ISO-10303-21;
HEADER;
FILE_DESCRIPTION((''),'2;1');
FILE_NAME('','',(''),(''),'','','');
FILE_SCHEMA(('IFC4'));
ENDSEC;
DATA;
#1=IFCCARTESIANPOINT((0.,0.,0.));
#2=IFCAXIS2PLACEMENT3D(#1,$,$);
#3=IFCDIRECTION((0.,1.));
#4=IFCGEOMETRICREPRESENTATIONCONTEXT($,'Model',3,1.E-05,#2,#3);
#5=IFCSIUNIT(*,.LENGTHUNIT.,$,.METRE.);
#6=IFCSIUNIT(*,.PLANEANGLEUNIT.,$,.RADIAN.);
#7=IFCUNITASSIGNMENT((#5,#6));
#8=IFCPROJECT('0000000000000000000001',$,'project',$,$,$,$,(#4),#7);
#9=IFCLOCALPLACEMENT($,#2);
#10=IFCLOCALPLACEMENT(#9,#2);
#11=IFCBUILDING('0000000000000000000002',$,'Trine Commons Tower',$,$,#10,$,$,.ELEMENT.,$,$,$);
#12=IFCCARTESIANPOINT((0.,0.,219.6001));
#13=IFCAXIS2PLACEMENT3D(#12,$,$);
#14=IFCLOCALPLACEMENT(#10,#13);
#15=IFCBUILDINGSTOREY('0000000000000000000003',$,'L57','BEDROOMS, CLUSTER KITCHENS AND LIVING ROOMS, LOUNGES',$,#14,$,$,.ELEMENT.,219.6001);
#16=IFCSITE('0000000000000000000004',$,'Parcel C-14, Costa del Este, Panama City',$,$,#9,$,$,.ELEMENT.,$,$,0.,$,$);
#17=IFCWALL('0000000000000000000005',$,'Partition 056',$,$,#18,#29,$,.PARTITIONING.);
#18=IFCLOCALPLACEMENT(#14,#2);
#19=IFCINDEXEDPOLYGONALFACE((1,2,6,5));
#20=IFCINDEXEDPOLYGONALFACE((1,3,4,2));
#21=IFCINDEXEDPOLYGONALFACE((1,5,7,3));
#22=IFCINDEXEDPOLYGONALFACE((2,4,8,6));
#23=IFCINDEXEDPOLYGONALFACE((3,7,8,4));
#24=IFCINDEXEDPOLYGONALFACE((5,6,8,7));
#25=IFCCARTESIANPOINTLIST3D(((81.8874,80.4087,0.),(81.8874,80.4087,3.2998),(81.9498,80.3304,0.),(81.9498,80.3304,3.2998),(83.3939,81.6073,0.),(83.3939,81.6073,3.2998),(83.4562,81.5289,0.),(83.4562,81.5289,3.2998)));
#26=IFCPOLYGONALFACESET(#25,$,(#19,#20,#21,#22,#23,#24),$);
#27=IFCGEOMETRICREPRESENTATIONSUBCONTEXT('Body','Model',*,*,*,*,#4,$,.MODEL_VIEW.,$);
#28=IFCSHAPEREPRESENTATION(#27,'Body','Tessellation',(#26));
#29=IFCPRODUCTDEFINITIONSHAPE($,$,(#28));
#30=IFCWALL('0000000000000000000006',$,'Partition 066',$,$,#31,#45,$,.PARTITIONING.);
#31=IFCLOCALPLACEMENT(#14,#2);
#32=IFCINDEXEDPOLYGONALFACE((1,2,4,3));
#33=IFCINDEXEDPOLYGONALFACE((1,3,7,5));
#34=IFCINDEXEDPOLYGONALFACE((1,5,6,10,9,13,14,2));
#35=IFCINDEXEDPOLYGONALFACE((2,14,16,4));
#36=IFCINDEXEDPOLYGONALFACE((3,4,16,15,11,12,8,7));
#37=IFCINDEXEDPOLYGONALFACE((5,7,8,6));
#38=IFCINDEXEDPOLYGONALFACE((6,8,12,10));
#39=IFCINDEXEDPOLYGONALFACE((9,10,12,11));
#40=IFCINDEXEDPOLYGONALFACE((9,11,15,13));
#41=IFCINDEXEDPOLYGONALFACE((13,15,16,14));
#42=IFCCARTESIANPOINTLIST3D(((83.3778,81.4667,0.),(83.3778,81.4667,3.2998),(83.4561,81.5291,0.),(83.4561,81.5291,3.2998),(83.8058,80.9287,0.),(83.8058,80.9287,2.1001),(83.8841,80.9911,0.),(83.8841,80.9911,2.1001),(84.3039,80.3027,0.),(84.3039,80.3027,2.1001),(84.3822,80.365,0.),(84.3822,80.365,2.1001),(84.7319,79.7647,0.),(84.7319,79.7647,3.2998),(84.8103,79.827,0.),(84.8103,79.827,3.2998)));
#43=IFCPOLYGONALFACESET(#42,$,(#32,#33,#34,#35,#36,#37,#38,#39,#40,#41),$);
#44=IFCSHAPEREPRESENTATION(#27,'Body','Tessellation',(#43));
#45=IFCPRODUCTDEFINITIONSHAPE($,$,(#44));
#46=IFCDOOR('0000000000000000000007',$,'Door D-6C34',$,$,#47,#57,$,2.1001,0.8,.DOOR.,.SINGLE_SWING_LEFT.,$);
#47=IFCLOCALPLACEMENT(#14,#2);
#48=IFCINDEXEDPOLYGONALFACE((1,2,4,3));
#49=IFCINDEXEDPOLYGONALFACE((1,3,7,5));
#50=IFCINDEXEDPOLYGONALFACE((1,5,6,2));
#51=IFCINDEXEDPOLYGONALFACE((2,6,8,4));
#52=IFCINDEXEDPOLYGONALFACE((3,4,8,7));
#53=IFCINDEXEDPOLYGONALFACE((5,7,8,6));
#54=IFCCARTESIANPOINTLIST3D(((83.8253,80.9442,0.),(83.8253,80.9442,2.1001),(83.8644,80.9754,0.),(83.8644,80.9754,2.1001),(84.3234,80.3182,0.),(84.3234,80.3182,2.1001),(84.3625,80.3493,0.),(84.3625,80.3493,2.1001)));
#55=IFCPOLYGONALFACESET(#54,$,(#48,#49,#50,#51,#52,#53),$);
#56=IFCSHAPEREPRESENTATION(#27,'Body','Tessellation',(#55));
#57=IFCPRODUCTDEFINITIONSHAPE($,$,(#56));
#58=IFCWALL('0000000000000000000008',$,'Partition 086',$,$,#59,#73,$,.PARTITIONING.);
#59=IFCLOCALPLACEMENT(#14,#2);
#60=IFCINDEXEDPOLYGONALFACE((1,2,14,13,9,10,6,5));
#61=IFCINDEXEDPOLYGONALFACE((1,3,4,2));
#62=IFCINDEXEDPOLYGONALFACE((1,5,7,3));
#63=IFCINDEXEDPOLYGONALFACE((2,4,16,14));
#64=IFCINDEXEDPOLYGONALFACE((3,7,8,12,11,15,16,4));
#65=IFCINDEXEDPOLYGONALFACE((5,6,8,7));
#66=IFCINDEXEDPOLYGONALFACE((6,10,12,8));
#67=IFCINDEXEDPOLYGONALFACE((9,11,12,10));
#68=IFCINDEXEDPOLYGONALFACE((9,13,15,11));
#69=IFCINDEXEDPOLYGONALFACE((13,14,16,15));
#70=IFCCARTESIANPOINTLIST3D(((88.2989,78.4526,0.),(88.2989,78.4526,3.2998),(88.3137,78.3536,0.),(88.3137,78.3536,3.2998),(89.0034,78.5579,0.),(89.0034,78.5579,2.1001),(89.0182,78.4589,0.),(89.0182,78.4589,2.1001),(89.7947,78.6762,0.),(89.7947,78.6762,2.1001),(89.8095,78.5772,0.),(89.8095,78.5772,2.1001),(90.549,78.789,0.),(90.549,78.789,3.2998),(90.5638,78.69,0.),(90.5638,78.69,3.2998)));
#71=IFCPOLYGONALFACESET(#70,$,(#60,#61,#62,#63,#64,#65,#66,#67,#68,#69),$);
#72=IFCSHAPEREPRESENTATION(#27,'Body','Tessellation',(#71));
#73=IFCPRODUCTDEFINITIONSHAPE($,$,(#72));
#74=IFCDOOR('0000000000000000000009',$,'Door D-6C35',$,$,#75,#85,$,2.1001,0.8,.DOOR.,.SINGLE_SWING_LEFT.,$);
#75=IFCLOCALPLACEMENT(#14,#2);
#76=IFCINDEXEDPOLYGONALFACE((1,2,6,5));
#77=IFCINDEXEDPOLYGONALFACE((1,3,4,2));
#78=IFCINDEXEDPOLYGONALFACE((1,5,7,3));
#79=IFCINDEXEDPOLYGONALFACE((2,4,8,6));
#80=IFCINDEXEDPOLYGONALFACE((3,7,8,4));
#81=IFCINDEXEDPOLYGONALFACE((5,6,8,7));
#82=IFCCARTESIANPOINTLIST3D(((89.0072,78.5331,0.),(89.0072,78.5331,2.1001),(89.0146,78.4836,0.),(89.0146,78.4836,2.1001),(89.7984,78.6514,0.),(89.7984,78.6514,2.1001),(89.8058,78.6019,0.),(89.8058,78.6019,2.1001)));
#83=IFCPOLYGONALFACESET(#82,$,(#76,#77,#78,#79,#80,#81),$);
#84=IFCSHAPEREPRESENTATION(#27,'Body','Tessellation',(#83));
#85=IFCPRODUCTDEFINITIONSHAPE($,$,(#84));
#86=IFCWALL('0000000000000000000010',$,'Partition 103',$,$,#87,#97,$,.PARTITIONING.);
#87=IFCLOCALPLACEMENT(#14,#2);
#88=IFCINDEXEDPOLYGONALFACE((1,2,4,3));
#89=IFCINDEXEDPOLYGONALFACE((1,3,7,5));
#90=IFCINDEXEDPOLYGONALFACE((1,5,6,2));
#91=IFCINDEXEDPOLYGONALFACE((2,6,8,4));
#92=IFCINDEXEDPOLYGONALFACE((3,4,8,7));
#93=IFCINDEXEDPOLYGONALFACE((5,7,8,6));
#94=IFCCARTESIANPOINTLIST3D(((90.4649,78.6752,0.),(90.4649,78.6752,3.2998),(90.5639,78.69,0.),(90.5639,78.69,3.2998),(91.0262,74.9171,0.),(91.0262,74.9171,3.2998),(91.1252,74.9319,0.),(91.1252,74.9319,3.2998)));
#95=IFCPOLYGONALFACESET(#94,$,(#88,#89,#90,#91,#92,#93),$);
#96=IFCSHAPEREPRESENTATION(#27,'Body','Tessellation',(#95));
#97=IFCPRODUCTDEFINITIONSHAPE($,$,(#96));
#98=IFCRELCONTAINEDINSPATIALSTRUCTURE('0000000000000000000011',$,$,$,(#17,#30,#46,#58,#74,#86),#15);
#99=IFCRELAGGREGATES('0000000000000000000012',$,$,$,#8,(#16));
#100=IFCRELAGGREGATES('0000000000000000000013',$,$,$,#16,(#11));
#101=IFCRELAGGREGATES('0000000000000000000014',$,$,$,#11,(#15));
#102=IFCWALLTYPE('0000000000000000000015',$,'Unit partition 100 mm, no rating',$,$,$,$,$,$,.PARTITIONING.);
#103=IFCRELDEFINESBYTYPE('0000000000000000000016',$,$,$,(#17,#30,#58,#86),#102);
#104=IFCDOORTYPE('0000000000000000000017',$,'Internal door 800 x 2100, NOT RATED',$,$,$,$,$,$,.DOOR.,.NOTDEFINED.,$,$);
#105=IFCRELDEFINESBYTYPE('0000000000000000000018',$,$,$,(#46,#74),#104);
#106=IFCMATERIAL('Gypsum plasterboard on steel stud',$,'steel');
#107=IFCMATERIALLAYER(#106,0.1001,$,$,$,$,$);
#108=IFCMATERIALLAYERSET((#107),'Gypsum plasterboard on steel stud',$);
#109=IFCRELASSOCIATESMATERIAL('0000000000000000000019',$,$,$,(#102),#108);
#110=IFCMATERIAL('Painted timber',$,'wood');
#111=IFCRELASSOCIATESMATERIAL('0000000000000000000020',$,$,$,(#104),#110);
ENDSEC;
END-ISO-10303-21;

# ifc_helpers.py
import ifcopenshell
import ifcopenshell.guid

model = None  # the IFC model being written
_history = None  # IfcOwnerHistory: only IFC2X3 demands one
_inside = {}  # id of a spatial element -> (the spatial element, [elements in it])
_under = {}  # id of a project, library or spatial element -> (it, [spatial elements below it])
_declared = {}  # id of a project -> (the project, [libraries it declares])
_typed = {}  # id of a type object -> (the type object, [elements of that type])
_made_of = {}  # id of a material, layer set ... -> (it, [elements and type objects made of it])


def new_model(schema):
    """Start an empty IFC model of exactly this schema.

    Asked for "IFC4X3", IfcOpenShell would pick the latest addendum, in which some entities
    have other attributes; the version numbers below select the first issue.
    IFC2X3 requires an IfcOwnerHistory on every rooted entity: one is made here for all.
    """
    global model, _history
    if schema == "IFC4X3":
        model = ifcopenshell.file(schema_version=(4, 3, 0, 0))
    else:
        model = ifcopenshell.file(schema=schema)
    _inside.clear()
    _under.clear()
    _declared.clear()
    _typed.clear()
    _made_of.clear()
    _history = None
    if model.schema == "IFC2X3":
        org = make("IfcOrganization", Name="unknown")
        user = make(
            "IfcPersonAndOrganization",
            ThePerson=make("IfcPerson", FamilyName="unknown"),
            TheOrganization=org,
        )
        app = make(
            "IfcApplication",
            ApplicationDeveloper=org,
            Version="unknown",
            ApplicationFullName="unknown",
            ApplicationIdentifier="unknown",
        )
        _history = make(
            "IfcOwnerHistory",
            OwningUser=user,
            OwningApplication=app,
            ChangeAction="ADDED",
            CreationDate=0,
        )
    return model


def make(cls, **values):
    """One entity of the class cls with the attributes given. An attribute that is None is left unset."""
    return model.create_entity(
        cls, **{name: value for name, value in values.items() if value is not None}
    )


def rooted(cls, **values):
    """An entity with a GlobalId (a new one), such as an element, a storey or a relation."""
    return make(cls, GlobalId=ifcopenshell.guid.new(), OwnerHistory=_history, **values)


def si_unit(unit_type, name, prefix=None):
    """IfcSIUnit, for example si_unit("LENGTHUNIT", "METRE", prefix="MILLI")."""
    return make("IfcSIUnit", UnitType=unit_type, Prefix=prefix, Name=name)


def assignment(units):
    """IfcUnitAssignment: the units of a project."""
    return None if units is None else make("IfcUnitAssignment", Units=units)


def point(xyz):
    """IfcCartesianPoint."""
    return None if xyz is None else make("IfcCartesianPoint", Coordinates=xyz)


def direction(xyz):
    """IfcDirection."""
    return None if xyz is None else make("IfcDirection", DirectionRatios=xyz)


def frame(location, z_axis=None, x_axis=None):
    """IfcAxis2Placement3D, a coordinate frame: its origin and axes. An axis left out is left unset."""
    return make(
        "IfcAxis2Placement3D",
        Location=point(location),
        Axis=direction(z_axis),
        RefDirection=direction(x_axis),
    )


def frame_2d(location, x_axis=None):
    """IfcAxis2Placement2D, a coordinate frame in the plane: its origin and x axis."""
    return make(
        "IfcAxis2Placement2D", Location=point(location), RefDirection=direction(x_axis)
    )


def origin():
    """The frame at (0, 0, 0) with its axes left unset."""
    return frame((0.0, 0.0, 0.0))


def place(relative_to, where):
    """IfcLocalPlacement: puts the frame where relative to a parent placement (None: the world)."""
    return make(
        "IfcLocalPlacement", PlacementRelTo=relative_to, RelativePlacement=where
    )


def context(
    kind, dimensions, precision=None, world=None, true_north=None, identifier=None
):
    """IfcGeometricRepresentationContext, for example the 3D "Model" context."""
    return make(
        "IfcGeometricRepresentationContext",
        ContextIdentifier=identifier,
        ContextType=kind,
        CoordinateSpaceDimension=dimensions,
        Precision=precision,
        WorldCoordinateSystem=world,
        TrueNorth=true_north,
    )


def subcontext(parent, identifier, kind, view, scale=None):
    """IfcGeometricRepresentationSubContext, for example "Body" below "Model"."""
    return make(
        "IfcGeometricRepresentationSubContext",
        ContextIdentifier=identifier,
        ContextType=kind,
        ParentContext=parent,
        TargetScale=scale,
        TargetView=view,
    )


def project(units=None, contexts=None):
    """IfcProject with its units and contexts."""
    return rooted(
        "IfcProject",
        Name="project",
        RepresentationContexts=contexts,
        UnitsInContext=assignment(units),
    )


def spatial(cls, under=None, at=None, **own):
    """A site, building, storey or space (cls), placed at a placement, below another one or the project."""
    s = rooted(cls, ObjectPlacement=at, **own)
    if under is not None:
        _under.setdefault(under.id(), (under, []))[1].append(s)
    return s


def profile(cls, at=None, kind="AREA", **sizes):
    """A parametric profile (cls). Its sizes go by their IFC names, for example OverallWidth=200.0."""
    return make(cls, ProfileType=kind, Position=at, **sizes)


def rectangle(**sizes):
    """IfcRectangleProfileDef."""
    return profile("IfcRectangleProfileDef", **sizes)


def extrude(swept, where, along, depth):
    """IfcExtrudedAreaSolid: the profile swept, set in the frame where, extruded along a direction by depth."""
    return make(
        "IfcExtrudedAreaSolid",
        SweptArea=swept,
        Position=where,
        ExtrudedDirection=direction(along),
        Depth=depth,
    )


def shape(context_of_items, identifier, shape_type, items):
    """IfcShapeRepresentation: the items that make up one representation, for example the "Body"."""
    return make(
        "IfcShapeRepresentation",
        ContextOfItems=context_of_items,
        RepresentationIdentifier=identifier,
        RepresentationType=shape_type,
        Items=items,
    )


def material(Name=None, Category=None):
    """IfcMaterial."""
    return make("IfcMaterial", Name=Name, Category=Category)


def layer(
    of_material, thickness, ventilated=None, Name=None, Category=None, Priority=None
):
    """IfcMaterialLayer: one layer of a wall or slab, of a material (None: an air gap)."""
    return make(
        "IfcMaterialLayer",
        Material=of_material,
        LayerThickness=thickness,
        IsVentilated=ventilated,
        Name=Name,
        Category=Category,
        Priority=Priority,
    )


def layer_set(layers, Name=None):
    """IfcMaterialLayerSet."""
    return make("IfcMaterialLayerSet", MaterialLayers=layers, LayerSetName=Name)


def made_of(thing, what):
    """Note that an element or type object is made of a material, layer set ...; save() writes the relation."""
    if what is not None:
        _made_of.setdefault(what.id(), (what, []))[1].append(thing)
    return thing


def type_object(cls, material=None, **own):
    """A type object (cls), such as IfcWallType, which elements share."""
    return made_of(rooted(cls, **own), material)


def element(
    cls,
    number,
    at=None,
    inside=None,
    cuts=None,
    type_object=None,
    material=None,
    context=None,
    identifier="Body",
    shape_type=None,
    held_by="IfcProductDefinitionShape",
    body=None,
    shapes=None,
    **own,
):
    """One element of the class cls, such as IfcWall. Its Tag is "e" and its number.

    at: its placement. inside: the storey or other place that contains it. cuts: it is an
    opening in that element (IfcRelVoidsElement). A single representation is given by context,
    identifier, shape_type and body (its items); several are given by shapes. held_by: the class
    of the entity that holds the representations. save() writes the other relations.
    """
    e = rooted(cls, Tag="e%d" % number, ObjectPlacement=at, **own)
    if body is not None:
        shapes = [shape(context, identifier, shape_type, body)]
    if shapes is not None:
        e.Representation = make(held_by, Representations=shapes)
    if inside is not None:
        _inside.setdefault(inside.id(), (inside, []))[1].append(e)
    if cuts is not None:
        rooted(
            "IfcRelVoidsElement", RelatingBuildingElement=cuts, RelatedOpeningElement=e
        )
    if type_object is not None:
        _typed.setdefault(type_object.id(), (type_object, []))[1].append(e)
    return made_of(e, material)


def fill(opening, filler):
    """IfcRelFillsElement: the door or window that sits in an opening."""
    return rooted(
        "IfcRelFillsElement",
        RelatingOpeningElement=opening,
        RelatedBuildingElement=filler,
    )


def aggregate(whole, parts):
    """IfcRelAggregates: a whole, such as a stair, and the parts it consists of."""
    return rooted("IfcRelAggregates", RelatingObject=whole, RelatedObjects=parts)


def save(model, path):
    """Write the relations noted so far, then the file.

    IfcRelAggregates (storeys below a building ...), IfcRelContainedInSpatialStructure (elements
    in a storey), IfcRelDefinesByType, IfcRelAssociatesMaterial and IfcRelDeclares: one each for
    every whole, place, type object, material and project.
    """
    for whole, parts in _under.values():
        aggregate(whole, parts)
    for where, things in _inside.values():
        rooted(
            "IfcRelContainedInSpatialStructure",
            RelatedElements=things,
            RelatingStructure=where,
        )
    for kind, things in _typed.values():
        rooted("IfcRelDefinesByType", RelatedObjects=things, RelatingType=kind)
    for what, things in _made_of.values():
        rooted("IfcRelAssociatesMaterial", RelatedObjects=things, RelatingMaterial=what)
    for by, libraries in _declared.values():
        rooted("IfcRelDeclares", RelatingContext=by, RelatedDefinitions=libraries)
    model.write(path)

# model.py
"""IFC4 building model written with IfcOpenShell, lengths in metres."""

from ifc_helpers import new_model, si_unit, direction, frame, frame_2d, origin, place, context, subcontext, project, spatial, rectangle, extrude, material, layer, layer_set, type_object, element, fill, save


model = new_model("IFC4")

# Units and contexts
model_context = context("Model", 3, precision=1e-05, world=origin(), true_north=direction((0.0, 1.0)))
body_context = subcontext(model_context, "Body", "Model", "MODEL_VIEW")
ifc_project = project(units=[si_unit("LENGTHUNIT", "METRE"), si_unit("PLANEANGLEUNIT", "RADIAN")], contexts=[model_context])

# Site, building, storey
site_placement = place(None, origin())
site = spatial("IfcSite", under=ifc_project, at=site_placement, Name="Parcel C-14, Costa del Este, Panama City", CompositionType="ELEMENT", RefElevation=0.0)
building_placement = place(site_placement, origin())
building = spatial("IfcBuilding", under=site, at=building_placement, Name="Trine Commons Tower", CompositionType="ELEMENT")
storey_placement = place(building_placement, frame((0.0, 0.0, 219.6001)))
storey = spatial("IfcBuildingStorey", under=building, at=storey_placement, Name="L57", Description="BEDROOMS, CLUSTER KITCHENS AND LIVING ROOMS, LOUNGES", CompositionType="ELEMENT", Elevation=219.6001)

# Shared definitions
ifc_material_1 = material(Name="Gypsum plasterboard on steel stud", Category="steel")

# Shared definitions
ifc_material_2 = material(Name="Painted timber", Category="wood")

# Wall
ifc_layer_1 = layer(ifc_material_1, 0.1001)
ifc_layer_set_1 = layer_set([ifc_layer_1], Name="Gypsum plasterboard on steel stud")
wall_type_1 = type_object("IfcWallType", Name="Unit partition 100 mm, no rating", PredefinedType="PARTITIONING", material=ifc_layer_set_1)
wall_1_placement = place(storey_placement, frame((81.9187, 80.3696, 0.0), z_axis=(0.0, 0.0, 1.0), x_axis=(0.782536, 0.622605, 0.0)))
element("IfcWall", 1, at=wall_1_placement, inside=storey, type_object=wall_type_1, Name="Partition 056", PredefinedType="PARTITIONING", context=body_context, shape_type="SweptSolid", body=[
    extrude(rectangle(XDim=1.925, YDim=0.1001, at=frame_2d((0.9624, 0.0))), origin(), (0.0, 0.0, 1.0), 3.2998),
])

# Walls, openings, doors
wall_2_placement = place(storey_placement, frame((83.417, 81.4978, 0.0), z_axis=(0.0, 0.0, 1.0), x_axis=(0.622599, -0.782541, 0.0)))
wall_2 = element("IfcWall", 2, at=wall_2_placement, inside=storey, type_object=wall_type_1, Name="Partition 066", PredefinedType="PARTITIONING", context=body_context, shape_type="SweptSolid", body=[
    extrude(rectangle(XDim=2.175, YDim=0.1001, at=frame_2d((1.0874, 0.0))), origin(), (0.0, 0.0, 1.0), 3.2998),
])
opening_1_placement = place(wall_2_placement, frame((0.6875, 0.0, 0.0)))
opening_1 = element("IfcOpeningElement", 3, at=opening_1_placement, cuts=wall_2, PredefinedType="OPENING", context=body_context, shape_type="SweptSolid", body=[
    extrude(rectangle(XDim=0.8, YDim=2.1001, at=frame_2d((0.3999, 1.05))), frame((0.0, 0.0601, 0.0), z_axis=(0.0, -1.0, 0.0), x_axis=(1.0, 0.0, 0.0)), (0.0, 0.0, 1.0), 0.1201),
])
door_type_1 = type_object("IfcDoorType", Name="Internal door 800 x 2100, NOT RATED", OperationType="NOTDEFINED", PredefinedType="DOOR", material=ifc_material_2)
door_1_placement = place(opening_1_placement, origin())
door_1 = element("IfcDoor", 4, at=door_1_placement, inside=storey, type_object=door_type_1, Name="Door D-6C34", OperationType="SINGLE_SWING_LEFT", OverallHeight=2.1001, OverallWidth=0.8, PredefinedType="DOOR", context=body_context, shape_type="SweptSolid", body=[
    extrude(rectangle(XDim=0.8, YDim=2.1001, at=frame_2d((0.3999, 1.05))), frame((0.0, 0.0249, 0.0), z_axis=(0.0, -1.0, 0.0), x_axis=(1.0, 0.0, 0.0)), (0.0, 0.0, 1.0), 0.05),
])
fill(opening_1, door_1)
wall_3_placement = place(storey_placement, frame((88.3062, 78.4031, 0.0), z_axis=(0.0, 0.0, 1.0), x_axis=(0.989008, 0.147863, 0.0)))
wall_3 = element("IfcWall", 5, at=wall_3_placement, inside=storey, type_object=wall_type_1, Name="Partition 086", PredefinedType="PARTITIONING", context=body_context, shape_type="SweptSolid", body=[
    extrude(rectangle(XDim=2.2751, YDim=0.1001, at=frame_2d((1.1377, 0.0))), origin(), (0.0, 0.0, 1.0), 3.2998),
])
opening_2_placement = place(wall_3_placement, frame((0.7126, 0.0, 0.0)))
opening_2 = element("IfcOpeningElement", 6, at=opening_2_placement, cuts=wall_3, PredefinedType="OPENING", context=body_context, shape_type="SweptSolid", body=[
    extrude(rectangle(XDim=0.8, YDim=2.1001, at=frame_2d((0.3999, 1.05))), frame((0.0, 0.0601, 0.0), z_axis=(0.0, -1.0, 0.0), x_axis=(1.0, 0.0, 0.0)), (0.0, 0.0, 1.0), 0.1201),
])
door_2_placement = place(opening_2_placement, origin())
door_2 = element("IfcDoor", 7, at=door_2_placement, inside=storey, type_object=door_type_1, Name="Door D-6C35", OperationType="SINGLE_SWING_LEFT", OverallHeight=2.1001, OverallWidth=0.8, PredefinedType="DOOR", context=body_context, shape_type="SweptSolid", body=[
    extrude(rectangle(XDim=0.8, YDim=2.1001, at=frame_2d((0.3999, 1.05))), frame((0.0, 0.0249, 0.0), z_axis=(0.0, -1.0, 0.0), x_axis=(1.0, 0.0, 0.0)), (0.0, 0.0, 1.0), 0.05),
])
fill(opening_2, door_2)

# Wall
wall_4_placement = place(storey_placement, frame((90.5144, 78.6826, 0.0), z_axis=(0.0, 0.0, 1.0), x_axis=(0.147715, -0.98903, 0.0)))
element("IfcWall", 8, at=wall_4_placement, inside=storey, type_object=wall_type_1, Name="Partition 103", PredefinedType="PARTITIONING", context=body_context, shape_type="SweptSolid", body=[
    extrude(rectangle(XDim=3.7998, YDim=0.1001, at=frame_2d((1.8999, 0.0))), origin(), (0.0, 0.0, 1.0), 3.2998),
])

save(model, "model.ifc")
